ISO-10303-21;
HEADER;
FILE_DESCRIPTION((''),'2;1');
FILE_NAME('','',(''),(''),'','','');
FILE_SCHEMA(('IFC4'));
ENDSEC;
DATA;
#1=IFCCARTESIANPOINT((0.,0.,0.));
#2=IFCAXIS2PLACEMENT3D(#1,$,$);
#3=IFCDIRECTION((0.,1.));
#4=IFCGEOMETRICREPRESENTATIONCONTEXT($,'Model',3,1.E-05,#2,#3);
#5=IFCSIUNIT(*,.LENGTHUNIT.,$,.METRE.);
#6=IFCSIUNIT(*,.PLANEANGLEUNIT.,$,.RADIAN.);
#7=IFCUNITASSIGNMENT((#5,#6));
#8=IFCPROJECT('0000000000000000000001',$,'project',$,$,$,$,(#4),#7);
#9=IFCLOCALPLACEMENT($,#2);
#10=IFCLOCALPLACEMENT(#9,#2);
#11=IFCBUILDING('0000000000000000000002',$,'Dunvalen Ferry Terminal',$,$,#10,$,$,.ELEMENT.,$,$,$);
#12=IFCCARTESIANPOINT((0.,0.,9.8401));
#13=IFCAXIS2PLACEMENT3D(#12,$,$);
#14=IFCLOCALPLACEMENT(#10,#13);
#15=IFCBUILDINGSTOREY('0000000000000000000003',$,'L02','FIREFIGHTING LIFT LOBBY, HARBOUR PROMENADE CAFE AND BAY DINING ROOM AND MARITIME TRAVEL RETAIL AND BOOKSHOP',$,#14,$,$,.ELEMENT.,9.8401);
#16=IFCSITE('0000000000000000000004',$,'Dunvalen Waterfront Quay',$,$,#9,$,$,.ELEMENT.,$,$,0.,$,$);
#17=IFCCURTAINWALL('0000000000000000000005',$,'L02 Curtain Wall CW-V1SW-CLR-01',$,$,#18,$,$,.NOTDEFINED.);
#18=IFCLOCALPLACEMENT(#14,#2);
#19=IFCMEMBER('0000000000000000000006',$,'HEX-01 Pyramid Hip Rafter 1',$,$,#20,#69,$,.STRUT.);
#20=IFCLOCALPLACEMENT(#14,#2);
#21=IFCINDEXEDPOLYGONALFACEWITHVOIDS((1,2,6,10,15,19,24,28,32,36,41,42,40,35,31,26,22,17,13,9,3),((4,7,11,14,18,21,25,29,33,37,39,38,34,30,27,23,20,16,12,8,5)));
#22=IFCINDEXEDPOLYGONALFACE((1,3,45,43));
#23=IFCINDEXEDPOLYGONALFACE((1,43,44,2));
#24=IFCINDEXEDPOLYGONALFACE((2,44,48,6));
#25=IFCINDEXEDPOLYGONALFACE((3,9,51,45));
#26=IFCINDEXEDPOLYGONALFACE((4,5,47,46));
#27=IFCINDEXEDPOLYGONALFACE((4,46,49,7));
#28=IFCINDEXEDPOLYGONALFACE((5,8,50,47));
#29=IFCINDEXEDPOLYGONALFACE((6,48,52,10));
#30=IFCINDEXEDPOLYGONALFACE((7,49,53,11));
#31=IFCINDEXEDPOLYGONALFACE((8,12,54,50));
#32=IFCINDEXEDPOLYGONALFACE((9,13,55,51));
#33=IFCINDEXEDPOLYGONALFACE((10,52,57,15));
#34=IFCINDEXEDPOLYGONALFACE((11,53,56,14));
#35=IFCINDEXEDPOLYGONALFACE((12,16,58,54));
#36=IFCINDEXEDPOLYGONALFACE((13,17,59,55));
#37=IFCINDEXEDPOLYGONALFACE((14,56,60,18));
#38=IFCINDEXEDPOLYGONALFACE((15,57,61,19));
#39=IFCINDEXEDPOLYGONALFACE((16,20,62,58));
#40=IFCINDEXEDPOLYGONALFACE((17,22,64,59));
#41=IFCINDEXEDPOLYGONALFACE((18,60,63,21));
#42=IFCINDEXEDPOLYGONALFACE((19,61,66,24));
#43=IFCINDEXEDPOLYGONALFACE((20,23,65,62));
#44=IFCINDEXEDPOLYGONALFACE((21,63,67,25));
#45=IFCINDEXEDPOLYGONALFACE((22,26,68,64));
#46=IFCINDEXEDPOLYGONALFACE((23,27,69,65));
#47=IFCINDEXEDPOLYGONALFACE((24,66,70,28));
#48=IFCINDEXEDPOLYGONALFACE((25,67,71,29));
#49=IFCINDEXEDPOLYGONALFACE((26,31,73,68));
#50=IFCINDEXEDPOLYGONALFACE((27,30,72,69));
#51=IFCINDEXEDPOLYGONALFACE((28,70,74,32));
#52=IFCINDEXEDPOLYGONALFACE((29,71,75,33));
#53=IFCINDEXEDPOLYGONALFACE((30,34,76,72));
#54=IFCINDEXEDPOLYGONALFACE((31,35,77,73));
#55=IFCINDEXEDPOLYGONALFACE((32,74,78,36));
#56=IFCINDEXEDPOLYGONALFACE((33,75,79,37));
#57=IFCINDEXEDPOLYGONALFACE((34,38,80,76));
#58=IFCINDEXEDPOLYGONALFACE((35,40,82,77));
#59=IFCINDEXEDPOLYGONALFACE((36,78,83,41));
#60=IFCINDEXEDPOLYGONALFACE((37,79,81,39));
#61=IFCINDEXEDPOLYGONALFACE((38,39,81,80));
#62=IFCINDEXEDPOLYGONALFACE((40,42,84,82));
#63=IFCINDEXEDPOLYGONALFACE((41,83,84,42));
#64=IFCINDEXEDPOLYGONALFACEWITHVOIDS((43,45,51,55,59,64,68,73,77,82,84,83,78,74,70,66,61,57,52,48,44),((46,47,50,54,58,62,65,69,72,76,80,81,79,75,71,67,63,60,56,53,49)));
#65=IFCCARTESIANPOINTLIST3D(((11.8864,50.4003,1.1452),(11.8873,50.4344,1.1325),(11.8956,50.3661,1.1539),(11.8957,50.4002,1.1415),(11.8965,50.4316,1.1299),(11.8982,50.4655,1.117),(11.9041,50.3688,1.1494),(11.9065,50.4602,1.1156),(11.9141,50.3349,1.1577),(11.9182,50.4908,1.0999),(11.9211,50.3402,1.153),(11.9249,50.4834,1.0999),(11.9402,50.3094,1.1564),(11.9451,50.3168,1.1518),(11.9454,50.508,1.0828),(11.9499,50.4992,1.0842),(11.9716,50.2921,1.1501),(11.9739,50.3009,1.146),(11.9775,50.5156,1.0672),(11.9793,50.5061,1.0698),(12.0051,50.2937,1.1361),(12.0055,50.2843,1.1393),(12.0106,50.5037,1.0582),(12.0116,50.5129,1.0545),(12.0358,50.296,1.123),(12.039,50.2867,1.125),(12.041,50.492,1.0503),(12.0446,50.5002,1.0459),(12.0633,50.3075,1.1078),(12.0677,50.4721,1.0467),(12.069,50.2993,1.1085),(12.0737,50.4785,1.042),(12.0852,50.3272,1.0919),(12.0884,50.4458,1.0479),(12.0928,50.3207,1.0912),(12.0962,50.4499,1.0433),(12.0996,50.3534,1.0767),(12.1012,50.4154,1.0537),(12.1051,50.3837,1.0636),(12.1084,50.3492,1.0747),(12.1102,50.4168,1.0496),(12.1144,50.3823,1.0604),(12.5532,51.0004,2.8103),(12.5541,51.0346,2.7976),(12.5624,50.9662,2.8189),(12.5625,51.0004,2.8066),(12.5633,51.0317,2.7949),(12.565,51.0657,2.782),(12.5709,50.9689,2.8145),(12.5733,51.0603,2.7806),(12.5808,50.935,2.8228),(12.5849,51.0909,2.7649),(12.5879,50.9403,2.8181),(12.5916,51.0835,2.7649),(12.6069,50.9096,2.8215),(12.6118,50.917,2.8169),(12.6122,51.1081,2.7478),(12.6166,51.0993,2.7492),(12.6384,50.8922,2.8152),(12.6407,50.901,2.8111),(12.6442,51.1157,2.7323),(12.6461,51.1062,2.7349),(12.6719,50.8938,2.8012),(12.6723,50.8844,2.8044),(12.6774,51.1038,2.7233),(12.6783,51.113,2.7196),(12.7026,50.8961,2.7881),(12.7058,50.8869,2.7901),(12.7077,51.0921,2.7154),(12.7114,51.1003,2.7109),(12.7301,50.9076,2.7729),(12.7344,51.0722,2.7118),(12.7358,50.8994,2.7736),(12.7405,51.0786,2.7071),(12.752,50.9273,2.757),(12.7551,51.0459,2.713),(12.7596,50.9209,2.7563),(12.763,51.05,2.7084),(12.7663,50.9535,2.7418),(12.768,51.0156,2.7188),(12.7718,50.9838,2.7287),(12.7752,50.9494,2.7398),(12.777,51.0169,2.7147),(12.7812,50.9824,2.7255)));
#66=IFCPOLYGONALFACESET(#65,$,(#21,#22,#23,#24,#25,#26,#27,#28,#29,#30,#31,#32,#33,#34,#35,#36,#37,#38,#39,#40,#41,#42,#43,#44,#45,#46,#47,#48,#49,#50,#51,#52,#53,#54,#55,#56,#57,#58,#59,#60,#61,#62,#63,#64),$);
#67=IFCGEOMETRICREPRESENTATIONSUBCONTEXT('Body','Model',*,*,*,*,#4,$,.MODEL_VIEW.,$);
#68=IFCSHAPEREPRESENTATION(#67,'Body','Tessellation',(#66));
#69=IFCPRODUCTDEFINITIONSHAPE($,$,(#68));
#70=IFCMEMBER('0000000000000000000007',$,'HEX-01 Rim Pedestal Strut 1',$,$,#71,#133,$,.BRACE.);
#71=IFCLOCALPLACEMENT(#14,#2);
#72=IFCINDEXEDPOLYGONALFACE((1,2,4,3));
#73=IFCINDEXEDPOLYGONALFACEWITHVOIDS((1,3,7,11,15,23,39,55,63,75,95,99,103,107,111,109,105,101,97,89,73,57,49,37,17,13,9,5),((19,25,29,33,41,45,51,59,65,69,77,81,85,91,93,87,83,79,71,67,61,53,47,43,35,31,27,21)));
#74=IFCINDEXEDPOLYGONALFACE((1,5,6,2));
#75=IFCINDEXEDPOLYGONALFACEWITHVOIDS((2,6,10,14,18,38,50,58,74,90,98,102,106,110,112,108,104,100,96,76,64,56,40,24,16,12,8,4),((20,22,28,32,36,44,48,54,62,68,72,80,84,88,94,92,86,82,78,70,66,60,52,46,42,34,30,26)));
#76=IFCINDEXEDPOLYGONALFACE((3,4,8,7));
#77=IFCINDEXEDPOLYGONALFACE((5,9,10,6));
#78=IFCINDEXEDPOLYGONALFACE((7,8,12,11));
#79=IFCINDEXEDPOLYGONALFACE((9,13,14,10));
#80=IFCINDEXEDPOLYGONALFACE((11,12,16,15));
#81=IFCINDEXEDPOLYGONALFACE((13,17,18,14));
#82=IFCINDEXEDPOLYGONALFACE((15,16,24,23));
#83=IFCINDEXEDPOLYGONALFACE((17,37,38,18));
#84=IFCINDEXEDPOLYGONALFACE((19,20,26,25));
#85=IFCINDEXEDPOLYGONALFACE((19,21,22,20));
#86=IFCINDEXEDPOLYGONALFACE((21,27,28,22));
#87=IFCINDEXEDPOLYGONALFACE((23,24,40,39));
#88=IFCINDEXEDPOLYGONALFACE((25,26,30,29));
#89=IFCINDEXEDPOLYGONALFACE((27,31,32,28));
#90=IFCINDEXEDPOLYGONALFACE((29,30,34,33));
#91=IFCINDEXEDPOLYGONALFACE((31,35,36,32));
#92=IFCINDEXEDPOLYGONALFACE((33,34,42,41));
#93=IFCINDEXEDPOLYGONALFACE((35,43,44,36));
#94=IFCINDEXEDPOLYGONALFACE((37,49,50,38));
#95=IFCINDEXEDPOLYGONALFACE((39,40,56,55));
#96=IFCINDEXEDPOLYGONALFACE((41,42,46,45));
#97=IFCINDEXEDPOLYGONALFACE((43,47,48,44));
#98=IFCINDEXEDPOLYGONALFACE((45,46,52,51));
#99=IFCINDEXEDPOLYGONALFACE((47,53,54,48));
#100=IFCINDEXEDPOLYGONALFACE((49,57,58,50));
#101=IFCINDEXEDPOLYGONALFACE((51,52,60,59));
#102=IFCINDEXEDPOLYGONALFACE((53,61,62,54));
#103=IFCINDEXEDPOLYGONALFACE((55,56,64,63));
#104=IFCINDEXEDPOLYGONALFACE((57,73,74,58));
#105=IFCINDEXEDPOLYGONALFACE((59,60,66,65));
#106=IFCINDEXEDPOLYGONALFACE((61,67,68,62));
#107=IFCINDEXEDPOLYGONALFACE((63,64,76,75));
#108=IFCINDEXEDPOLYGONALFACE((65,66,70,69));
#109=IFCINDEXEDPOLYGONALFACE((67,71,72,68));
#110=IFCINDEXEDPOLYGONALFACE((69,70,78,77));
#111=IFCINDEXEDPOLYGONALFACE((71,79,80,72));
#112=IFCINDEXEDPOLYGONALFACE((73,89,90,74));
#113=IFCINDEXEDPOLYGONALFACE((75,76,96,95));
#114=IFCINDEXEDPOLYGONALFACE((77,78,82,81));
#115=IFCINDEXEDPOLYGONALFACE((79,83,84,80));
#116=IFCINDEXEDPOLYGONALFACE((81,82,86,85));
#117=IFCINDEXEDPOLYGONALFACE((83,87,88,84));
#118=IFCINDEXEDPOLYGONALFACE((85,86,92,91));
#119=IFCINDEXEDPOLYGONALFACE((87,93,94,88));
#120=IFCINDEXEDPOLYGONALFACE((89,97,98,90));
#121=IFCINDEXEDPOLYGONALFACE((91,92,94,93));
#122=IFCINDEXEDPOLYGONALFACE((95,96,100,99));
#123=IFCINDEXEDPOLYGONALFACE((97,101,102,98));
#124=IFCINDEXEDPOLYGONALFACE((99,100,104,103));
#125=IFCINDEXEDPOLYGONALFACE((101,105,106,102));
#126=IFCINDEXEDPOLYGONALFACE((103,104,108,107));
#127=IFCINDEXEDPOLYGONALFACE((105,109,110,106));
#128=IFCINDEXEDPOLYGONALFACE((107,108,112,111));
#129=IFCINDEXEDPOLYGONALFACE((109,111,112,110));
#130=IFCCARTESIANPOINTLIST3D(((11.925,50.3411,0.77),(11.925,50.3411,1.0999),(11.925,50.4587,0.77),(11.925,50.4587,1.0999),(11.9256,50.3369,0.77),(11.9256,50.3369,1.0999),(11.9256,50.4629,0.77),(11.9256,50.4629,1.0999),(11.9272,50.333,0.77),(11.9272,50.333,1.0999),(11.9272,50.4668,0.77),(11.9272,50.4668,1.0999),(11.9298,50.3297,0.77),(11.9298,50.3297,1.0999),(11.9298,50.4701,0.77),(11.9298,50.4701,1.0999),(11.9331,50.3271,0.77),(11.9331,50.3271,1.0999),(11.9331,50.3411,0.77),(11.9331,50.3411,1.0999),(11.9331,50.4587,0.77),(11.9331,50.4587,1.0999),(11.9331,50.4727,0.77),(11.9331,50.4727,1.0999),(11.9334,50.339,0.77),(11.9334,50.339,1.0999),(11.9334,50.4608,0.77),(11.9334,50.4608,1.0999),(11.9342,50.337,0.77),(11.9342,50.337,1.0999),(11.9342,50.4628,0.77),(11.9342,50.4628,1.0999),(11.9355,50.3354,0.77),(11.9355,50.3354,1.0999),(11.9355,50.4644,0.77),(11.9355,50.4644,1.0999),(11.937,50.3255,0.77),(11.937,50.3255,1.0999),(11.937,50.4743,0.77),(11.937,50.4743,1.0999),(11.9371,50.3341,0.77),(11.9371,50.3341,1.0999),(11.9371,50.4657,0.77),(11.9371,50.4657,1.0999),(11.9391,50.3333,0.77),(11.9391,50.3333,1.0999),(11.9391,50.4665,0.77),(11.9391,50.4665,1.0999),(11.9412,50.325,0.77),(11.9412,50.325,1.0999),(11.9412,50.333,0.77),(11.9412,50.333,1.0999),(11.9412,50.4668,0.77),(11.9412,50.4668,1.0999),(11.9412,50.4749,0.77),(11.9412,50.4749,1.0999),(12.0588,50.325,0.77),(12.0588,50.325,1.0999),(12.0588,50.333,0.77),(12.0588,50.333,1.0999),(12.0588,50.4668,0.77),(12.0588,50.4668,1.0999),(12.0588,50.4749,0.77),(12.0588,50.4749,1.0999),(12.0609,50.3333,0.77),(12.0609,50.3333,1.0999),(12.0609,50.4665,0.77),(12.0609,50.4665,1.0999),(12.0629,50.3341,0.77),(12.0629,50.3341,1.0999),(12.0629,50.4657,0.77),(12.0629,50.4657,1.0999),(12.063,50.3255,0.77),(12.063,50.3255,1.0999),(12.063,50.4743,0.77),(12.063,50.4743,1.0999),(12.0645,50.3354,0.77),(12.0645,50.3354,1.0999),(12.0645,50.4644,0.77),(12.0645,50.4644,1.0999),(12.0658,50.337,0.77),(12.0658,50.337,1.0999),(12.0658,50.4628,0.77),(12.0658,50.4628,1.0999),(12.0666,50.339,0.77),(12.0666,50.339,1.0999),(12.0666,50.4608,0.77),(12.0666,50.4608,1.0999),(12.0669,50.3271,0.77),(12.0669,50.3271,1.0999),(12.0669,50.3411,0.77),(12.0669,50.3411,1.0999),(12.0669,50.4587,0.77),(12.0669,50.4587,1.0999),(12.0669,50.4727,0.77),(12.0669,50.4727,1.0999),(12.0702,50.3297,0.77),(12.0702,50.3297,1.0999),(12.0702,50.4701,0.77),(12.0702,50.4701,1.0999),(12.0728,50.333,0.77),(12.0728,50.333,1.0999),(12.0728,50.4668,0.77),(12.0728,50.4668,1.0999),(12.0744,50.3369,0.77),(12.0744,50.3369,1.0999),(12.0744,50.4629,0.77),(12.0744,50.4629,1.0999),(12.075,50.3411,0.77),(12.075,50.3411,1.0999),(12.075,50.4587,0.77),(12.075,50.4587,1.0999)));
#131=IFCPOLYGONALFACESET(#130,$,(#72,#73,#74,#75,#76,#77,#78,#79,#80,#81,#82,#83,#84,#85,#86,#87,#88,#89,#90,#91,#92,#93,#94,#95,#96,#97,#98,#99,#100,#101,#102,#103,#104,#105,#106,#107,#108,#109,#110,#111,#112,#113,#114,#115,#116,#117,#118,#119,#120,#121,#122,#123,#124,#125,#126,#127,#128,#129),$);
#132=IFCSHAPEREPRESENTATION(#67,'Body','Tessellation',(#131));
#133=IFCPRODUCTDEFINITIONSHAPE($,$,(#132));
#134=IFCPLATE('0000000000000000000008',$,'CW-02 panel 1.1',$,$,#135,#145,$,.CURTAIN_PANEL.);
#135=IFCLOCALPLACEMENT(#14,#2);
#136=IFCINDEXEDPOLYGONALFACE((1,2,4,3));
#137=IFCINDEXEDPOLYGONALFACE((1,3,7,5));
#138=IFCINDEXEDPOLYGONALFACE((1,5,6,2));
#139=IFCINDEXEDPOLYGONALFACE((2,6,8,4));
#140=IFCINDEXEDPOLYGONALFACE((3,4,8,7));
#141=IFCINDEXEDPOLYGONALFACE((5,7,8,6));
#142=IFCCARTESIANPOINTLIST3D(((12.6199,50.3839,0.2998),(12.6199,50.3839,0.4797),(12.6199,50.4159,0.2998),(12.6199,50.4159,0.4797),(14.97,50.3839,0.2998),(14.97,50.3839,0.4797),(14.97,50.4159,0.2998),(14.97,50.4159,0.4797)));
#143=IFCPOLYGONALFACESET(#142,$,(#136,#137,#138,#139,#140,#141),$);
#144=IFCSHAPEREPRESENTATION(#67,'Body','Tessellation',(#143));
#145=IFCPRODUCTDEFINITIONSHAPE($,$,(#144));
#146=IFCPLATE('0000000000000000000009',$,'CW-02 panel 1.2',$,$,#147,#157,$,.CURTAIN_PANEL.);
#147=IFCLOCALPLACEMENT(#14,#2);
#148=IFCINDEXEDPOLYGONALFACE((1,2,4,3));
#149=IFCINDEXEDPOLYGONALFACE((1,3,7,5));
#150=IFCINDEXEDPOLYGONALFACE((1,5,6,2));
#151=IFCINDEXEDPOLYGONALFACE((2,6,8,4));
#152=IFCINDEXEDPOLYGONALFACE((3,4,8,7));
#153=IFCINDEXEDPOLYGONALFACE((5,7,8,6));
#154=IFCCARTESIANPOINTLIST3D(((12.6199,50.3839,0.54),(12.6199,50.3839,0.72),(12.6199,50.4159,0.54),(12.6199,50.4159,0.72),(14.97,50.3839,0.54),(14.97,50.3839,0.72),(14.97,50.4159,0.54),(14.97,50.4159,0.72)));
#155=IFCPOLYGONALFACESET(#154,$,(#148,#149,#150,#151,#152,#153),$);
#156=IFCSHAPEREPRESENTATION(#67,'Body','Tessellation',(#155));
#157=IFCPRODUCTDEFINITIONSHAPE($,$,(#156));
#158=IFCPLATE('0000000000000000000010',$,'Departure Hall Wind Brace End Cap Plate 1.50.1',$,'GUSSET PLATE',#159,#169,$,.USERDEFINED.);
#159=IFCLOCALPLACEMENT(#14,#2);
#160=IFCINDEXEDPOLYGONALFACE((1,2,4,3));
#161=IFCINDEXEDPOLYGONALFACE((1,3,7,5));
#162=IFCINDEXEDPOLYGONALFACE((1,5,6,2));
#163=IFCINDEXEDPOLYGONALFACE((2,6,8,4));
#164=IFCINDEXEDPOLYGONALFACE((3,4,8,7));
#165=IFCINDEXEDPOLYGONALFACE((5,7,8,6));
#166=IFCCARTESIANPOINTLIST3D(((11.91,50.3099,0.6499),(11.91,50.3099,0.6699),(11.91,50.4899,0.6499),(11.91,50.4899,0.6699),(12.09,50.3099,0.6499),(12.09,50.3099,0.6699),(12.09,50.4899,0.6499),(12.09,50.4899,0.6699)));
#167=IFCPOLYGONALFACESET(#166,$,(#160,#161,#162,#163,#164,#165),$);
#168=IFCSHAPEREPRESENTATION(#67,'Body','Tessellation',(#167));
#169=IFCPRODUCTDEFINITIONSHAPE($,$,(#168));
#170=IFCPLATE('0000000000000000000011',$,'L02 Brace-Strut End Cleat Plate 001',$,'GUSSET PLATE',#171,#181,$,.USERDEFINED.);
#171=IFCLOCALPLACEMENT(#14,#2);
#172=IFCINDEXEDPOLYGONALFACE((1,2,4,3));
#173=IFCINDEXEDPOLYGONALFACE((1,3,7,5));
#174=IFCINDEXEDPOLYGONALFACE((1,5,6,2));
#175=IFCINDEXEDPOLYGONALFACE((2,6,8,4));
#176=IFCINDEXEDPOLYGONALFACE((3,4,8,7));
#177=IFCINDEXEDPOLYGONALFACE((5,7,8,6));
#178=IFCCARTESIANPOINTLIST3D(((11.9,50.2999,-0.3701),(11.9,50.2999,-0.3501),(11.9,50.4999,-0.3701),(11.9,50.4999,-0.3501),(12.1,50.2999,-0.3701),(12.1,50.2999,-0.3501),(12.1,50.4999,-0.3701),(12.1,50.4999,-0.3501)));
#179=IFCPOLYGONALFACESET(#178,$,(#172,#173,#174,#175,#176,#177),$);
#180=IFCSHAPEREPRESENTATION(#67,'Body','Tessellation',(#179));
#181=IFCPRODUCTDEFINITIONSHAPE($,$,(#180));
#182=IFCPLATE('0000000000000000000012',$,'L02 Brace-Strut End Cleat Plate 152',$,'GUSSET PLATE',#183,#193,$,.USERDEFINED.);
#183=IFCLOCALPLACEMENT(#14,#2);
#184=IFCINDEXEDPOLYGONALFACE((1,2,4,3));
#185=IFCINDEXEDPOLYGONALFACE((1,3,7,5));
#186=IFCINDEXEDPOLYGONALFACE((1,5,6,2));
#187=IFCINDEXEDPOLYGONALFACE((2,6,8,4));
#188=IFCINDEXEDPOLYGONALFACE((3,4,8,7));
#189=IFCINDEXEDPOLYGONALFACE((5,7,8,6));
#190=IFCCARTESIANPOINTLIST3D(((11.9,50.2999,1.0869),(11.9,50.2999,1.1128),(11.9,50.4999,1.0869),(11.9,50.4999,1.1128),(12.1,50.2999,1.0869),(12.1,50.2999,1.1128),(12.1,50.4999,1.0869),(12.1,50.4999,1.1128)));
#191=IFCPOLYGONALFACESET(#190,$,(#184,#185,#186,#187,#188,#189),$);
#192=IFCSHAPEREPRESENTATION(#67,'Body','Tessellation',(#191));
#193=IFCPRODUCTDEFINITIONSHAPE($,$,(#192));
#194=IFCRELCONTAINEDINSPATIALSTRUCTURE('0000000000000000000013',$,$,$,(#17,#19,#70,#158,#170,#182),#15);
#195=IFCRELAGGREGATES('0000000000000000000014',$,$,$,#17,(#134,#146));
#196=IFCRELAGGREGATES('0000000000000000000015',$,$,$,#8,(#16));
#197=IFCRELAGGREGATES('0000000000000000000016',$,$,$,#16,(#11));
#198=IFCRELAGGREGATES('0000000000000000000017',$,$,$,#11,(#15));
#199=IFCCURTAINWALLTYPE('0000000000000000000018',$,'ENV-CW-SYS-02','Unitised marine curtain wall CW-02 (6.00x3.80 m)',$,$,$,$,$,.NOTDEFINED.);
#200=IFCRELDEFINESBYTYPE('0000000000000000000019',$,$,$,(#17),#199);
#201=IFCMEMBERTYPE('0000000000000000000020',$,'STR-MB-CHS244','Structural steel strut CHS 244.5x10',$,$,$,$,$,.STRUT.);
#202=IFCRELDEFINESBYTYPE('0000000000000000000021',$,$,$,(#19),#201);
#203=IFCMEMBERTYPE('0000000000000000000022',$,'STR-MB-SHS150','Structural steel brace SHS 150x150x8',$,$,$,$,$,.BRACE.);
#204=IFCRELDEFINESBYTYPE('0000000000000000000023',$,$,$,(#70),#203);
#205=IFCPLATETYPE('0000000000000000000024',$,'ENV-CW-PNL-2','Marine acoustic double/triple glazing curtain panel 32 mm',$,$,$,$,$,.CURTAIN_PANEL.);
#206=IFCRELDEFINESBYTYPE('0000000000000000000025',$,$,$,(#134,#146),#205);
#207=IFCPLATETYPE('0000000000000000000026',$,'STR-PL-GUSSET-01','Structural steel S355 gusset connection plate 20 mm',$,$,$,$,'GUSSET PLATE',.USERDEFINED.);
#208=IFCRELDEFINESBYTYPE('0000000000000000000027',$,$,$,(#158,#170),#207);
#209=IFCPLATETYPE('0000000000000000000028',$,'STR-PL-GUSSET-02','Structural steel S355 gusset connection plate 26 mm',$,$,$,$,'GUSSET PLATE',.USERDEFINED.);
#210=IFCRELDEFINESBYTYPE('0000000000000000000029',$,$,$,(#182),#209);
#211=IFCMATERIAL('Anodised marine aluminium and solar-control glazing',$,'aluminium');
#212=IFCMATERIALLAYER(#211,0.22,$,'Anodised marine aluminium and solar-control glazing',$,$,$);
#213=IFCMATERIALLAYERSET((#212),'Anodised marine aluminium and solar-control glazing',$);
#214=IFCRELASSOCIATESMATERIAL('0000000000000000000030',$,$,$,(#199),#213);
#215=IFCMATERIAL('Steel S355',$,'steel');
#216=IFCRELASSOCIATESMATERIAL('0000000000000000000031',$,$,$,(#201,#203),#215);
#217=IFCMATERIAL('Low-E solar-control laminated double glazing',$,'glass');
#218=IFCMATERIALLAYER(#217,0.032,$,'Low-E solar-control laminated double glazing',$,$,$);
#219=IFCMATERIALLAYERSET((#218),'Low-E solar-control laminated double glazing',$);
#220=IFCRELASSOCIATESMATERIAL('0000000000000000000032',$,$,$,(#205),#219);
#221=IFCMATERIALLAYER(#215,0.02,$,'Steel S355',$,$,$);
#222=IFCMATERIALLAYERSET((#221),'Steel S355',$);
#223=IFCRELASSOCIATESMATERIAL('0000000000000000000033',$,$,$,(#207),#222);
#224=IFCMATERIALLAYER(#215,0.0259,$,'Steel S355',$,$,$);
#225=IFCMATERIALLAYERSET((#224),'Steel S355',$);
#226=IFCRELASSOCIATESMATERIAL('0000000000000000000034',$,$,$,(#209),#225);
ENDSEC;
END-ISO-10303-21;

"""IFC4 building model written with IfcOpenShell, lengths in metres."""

from ifc_helpers import new_model, si_unit, direction, frame, origin, origin_2d, place, context, subcontext, project, spatial, rectangle, hollow_rectangle, hollow_circle, extrude, material, layer, layer_set, material_profile, profile_set, type_object, element, aggregate, save


model = new_model("IFC4")

# Units and contexts
model_context = context("Model", 3, precision=1e-05, world=origin(), true_north=direction((0.0, 1.0)))
body_context = subcontext(model_context, "Body", "Model", "MODEL_VIEW")
ifc_project = project(units=[si_unit("LENGTHUNIT", "METRE"), si_unit("PLANEANGLEUNIT", "RADIAN")], contexts=[model_context])

# Site, building, storey
site_placement = place(None, origin())
site = spatial("IfcSite", under=ifc_project, at=site_placement, Name="Dunvalen Waterfront Quay", CompositionType="ELEMENT", RefElevation=0.0)
building_placement = place(site_placement, origin())
building = spatial("IfcBuilding", under=site, at=building_placement, Name="Dunvalen Ferry Terminal", CompositionType="ELEMENT")
storey_placement = place(building_placement, frame((0.0, 0.0, 9.8401)))
storey = spatial("IfcBuildingStorey", under=building, at=storey_placement, Name="L02", Description="FIREFIGHTING LIFT LOBBY, HARBOUR PROMENADE CAFE AND BAY DINING ROOM AND MARITIME TRAVEL RETAIL AND BOOKSHOP", CompositionType="ELEMENT", Elevation=9.8401)

# Curtain wall
ifc_material_1 = material(Name="Anodised marine aluminium and solar-control glazing", Category="aluminium")
ifc_layer_1 = layer(ifc_material_1, 0.22, Name="Anodised marine aluminium and solar-control glazing")
ifc_layer_set_1 = layer_set([ifc_layer_1], Name="Anodised marine aluminium and solar-control glazing")
curtain_wall_type = type_object("IfcCurtainWallType", Name="ENV-CW-SYS-02", Description="Unitised marine curtain wall CW-02 (6.00x3.80 m)", PredefinedType="NOTDEFINED", material=ifc_layer_set_1)
curtain_wall_placement = place(storey_placement, origin())
curtain_wall = element("IfcCurtainWall", 1, at=curtain_wall_placement, inside=storey, type_object=curtain_wall_type, Name="L02 Curtain Wall CW-V1SW-CLR-01", PredefinedType="NOTDEFINED")

# Shared definitions
ifc_material_2 = material(Name="Steel S355", Category="steel")

# Members
ifc_material_profile_1 = material_profile(ifc_material_2, hollow_circle(Radius=0.1223, WallThickness=0.01, at=origin_2d()), Name="Steel S355")
ifc_profile_set_1 = profile_set([ifc_material_profile_1], Name="Steel S355")
member_type_1 = type_object("IfcMemberType", Name="STR-MB-CHS244", Description="Structural steel strut CHS 244.5x10", PredefinedType="STRUT", material=ifc_profile_set_1)
member_1_placement = place(storey_placement, frame((12.0, 50.3999, 1.0999), z_axis=(0.352534, 0.317293, 0.880366), x_axis=(-0.66898, 0.743281, 0.0)))
element("IfcMember", 2, at=member_1_placement, inside=storey, type_object=member_type_1, Name="HEX-01 Pyramid Hip Rafter 1", PredefinedType="STRUT", context=body_context, shape_type="SweptSolid", body=[
    extrude(hollow_circle(Radius=0.1223, WallThickness=0.01, at=origin_2d()), origin(), (0.0, 0.0, 1.0), 1.8914),
])
ifc_material_profile_2 = material_profile(ifc_material_2, hollow_rectangle(XDim=0.1499, YDim=0.1499, WallThickness=0.0081, InnerFilletRadius=0.0081, OuterFilletRadius=0.0161, at=origin_2d()), Name="Steel S355")
ifc_profile_set_2 = profile_set([ifc_material_profile_2], Name="Steel S355")
member_type_2 = type_object("IfcMemberType", Name="STR-MB-SHS150", Description="Structural steel brace SHS 150x150x8", PredefinedType="BRACE", material=ifc_profile_set_2)
member_2_placement = place(storey_placement, frame((12.0, 50.3999, 0.77), z_axis=(0.0, 0.0, 1.0), x_axis=(1.0, 0.0, 0.0)))
element("IfcMember", 3, at=member_2_placement, inside=storey, type_object=member_type_2, Name="HEX-01 Rim Pedestal Strut 1", PredefinedType="BRACE", context=body_context, shape_type="SweptSolid", body=[
    extrude(hollow_rectangle(XDim=0.1499, YDim=0.1499, WallThickness=0.0081, InnerFilletRadius=0.0081, OuterFilletRadius=0.0161, at=origin_2d()), origin(), (0.0, 0.0, 1.0), 0.3298),
])

# Plates
ifc_material_3 = material(Name="Low-E solar-control laminated double glazing", Category="glass")
ifc_layer_2 = layer(ifc_material_3, 0.032, Name="Low-E solar-control laminated double glazing")
ifc_layer_set_2 = layer_set([ifc_layer_2], Name="Low-E solar-control laminated double glazing")
plate_type_1 = type_object("IfcPlateType", Name="ENV-CW-PNL-2", Description="Marine acoustic double/triple glazing curtain panel 32 mm", PredefinedType="CURTAIN_PANEL", material=ifc_layer_set_2)
plate_1_placement = place(storey_placement, frame((13.7949, 50.3999, 0.2998), z_axis=(0.0, 0.0, 1.0), x_axis=(1.0, 0.0, 0.0)))
plate_1 = element("IfcPlate", 4, at=plate_1_placement, type_object=plate_type_1, Name="CW-02 panel 1.1", PredefinedType="CURTAIN_PANEL", context=body_context, shape_type="SweptSolid", body=[
    extrude(rectangle(XDim=2.3501, YDim=0.032, at=origin_2d()), origin(), (0.0, 0.0, 1.0), 0.1799),
])
plate_2_placement = place(storey_placement, frame((13.7949, 50.3999, 0.54), z_axis=(0.0, 0.0, 1.0), x_axis=(1.0, 0.0, 0.0)))
plate_2 = element("IfcPlate", 5, at=plate_2_placement, type_object=plate_type_1, Name="CW-02 panel 1.2", PredefinedType="CURTAIN_PANEL", context=body_context, shape_type="SweptSolid", body=[
    extrude(rectangle(XDim=2.3501, YDim=0.032, at=origin_2d()), origin(), (0.0, 0.0, 1.0), 0.1799),
])
aggregate(curtain_wall, [plate_1, plate_2])

# Plates
ifc_layer_3 = layer(ifc_material_2, 0.02, Name="Steel S355")
ifc_layer_set_3 = layer_set([ifc_layer_3], Name="Steel S355")
plate_type_2 = type_object("IfcPlateType", Name="STR-PL-GUSSET-01", Description="Structural steel S355 gusset connection plate 20 mm", ElementType="GUSSET PLATE", PredefinedType="USERDEFINED", material=ifc_layer_set_3)
plate_3_placement = place(storey_placement, frame((12.0, 50.3999, 0.6499), z_axis=(0.0, 0.0, 1.0), x_axis=(1.0, 0.0, 0.0)))
element("IfcPlate", 6, at=plate_3_placement, inside=storey, type_object=plate_type_2, Name="Departure Hall Wind Brace End Cap Plate 1.50.1", ObjectType="GUSSET PLATE", PredefinedType="USERDEFINED", context=body_context, shape_type="SweptSolid", body=[
    extrude(rectangle(XDim=0.1799, YDim=0.1799, at=origin_2d()), origin(), (0.0, 0.0, 1.0), 0.02),
])
plate_4_placement = place(storey_placement, frame((12.0, 50.3999, -0.3701), z_axis=(0.0, 0.0, 1.0), x_axis=(1.0, 0.0, 0.0)))
element("IfcPlate", 7, at=plate_4_placement, inside=storey, type_object=plate_type_2, Name="L02 Brace-Strut End Cleat Plate 001", ObjectType="GUSSET PLATE", PredefinedType="USERDEFINED", context=body_context, shape_type="SweptSolid", body=[
    extrude(rectangle(XDim=0.2, YDim=0.2, at=origin_2d()), origin(), (0.0, 0.0, 1.0), 0.02),
])
ifc_layer_4 = layer(ifc_material_2, 0.0259, Name="Steel S355")
ifc_layer_set_4 = layer_set([ifc_layer_4], Name="Steel S355")
plate_type_3 = type_object("IfcPlateType", Name="STR-PL-GUSSET-02", Description="Structural steel S355 gusset connection plate 26 mm", ElementType="GUSSET PLATE", PredefinedType="USERDEFINED", material=ifc_layer_set_4)
plate_5_placement = place(storey_placement, frame((12.0, 50.3999, 1.0869), z_axis=(0.0, 0.0, 1.0), x_axis=(1.0, 0.0, 0.0)))
element("IfcPlate", 8, at=plate_5_placement, inside=storey, type_object=plate_type_3, Name="L02 Brace-Strut End Cleat Plate 152", ObjectType="GUSSET PLATE", PredefinedType="USERDEFINED", context=body_context, shape_type="SweptSolid", body=[
    extrude(rectangle(XDim=0.2, YDim=0.2, at=origin_2d()), origin(), (0.0, 0.0, 1.0), 0.0259),
])

save(model, "model.ifc")
